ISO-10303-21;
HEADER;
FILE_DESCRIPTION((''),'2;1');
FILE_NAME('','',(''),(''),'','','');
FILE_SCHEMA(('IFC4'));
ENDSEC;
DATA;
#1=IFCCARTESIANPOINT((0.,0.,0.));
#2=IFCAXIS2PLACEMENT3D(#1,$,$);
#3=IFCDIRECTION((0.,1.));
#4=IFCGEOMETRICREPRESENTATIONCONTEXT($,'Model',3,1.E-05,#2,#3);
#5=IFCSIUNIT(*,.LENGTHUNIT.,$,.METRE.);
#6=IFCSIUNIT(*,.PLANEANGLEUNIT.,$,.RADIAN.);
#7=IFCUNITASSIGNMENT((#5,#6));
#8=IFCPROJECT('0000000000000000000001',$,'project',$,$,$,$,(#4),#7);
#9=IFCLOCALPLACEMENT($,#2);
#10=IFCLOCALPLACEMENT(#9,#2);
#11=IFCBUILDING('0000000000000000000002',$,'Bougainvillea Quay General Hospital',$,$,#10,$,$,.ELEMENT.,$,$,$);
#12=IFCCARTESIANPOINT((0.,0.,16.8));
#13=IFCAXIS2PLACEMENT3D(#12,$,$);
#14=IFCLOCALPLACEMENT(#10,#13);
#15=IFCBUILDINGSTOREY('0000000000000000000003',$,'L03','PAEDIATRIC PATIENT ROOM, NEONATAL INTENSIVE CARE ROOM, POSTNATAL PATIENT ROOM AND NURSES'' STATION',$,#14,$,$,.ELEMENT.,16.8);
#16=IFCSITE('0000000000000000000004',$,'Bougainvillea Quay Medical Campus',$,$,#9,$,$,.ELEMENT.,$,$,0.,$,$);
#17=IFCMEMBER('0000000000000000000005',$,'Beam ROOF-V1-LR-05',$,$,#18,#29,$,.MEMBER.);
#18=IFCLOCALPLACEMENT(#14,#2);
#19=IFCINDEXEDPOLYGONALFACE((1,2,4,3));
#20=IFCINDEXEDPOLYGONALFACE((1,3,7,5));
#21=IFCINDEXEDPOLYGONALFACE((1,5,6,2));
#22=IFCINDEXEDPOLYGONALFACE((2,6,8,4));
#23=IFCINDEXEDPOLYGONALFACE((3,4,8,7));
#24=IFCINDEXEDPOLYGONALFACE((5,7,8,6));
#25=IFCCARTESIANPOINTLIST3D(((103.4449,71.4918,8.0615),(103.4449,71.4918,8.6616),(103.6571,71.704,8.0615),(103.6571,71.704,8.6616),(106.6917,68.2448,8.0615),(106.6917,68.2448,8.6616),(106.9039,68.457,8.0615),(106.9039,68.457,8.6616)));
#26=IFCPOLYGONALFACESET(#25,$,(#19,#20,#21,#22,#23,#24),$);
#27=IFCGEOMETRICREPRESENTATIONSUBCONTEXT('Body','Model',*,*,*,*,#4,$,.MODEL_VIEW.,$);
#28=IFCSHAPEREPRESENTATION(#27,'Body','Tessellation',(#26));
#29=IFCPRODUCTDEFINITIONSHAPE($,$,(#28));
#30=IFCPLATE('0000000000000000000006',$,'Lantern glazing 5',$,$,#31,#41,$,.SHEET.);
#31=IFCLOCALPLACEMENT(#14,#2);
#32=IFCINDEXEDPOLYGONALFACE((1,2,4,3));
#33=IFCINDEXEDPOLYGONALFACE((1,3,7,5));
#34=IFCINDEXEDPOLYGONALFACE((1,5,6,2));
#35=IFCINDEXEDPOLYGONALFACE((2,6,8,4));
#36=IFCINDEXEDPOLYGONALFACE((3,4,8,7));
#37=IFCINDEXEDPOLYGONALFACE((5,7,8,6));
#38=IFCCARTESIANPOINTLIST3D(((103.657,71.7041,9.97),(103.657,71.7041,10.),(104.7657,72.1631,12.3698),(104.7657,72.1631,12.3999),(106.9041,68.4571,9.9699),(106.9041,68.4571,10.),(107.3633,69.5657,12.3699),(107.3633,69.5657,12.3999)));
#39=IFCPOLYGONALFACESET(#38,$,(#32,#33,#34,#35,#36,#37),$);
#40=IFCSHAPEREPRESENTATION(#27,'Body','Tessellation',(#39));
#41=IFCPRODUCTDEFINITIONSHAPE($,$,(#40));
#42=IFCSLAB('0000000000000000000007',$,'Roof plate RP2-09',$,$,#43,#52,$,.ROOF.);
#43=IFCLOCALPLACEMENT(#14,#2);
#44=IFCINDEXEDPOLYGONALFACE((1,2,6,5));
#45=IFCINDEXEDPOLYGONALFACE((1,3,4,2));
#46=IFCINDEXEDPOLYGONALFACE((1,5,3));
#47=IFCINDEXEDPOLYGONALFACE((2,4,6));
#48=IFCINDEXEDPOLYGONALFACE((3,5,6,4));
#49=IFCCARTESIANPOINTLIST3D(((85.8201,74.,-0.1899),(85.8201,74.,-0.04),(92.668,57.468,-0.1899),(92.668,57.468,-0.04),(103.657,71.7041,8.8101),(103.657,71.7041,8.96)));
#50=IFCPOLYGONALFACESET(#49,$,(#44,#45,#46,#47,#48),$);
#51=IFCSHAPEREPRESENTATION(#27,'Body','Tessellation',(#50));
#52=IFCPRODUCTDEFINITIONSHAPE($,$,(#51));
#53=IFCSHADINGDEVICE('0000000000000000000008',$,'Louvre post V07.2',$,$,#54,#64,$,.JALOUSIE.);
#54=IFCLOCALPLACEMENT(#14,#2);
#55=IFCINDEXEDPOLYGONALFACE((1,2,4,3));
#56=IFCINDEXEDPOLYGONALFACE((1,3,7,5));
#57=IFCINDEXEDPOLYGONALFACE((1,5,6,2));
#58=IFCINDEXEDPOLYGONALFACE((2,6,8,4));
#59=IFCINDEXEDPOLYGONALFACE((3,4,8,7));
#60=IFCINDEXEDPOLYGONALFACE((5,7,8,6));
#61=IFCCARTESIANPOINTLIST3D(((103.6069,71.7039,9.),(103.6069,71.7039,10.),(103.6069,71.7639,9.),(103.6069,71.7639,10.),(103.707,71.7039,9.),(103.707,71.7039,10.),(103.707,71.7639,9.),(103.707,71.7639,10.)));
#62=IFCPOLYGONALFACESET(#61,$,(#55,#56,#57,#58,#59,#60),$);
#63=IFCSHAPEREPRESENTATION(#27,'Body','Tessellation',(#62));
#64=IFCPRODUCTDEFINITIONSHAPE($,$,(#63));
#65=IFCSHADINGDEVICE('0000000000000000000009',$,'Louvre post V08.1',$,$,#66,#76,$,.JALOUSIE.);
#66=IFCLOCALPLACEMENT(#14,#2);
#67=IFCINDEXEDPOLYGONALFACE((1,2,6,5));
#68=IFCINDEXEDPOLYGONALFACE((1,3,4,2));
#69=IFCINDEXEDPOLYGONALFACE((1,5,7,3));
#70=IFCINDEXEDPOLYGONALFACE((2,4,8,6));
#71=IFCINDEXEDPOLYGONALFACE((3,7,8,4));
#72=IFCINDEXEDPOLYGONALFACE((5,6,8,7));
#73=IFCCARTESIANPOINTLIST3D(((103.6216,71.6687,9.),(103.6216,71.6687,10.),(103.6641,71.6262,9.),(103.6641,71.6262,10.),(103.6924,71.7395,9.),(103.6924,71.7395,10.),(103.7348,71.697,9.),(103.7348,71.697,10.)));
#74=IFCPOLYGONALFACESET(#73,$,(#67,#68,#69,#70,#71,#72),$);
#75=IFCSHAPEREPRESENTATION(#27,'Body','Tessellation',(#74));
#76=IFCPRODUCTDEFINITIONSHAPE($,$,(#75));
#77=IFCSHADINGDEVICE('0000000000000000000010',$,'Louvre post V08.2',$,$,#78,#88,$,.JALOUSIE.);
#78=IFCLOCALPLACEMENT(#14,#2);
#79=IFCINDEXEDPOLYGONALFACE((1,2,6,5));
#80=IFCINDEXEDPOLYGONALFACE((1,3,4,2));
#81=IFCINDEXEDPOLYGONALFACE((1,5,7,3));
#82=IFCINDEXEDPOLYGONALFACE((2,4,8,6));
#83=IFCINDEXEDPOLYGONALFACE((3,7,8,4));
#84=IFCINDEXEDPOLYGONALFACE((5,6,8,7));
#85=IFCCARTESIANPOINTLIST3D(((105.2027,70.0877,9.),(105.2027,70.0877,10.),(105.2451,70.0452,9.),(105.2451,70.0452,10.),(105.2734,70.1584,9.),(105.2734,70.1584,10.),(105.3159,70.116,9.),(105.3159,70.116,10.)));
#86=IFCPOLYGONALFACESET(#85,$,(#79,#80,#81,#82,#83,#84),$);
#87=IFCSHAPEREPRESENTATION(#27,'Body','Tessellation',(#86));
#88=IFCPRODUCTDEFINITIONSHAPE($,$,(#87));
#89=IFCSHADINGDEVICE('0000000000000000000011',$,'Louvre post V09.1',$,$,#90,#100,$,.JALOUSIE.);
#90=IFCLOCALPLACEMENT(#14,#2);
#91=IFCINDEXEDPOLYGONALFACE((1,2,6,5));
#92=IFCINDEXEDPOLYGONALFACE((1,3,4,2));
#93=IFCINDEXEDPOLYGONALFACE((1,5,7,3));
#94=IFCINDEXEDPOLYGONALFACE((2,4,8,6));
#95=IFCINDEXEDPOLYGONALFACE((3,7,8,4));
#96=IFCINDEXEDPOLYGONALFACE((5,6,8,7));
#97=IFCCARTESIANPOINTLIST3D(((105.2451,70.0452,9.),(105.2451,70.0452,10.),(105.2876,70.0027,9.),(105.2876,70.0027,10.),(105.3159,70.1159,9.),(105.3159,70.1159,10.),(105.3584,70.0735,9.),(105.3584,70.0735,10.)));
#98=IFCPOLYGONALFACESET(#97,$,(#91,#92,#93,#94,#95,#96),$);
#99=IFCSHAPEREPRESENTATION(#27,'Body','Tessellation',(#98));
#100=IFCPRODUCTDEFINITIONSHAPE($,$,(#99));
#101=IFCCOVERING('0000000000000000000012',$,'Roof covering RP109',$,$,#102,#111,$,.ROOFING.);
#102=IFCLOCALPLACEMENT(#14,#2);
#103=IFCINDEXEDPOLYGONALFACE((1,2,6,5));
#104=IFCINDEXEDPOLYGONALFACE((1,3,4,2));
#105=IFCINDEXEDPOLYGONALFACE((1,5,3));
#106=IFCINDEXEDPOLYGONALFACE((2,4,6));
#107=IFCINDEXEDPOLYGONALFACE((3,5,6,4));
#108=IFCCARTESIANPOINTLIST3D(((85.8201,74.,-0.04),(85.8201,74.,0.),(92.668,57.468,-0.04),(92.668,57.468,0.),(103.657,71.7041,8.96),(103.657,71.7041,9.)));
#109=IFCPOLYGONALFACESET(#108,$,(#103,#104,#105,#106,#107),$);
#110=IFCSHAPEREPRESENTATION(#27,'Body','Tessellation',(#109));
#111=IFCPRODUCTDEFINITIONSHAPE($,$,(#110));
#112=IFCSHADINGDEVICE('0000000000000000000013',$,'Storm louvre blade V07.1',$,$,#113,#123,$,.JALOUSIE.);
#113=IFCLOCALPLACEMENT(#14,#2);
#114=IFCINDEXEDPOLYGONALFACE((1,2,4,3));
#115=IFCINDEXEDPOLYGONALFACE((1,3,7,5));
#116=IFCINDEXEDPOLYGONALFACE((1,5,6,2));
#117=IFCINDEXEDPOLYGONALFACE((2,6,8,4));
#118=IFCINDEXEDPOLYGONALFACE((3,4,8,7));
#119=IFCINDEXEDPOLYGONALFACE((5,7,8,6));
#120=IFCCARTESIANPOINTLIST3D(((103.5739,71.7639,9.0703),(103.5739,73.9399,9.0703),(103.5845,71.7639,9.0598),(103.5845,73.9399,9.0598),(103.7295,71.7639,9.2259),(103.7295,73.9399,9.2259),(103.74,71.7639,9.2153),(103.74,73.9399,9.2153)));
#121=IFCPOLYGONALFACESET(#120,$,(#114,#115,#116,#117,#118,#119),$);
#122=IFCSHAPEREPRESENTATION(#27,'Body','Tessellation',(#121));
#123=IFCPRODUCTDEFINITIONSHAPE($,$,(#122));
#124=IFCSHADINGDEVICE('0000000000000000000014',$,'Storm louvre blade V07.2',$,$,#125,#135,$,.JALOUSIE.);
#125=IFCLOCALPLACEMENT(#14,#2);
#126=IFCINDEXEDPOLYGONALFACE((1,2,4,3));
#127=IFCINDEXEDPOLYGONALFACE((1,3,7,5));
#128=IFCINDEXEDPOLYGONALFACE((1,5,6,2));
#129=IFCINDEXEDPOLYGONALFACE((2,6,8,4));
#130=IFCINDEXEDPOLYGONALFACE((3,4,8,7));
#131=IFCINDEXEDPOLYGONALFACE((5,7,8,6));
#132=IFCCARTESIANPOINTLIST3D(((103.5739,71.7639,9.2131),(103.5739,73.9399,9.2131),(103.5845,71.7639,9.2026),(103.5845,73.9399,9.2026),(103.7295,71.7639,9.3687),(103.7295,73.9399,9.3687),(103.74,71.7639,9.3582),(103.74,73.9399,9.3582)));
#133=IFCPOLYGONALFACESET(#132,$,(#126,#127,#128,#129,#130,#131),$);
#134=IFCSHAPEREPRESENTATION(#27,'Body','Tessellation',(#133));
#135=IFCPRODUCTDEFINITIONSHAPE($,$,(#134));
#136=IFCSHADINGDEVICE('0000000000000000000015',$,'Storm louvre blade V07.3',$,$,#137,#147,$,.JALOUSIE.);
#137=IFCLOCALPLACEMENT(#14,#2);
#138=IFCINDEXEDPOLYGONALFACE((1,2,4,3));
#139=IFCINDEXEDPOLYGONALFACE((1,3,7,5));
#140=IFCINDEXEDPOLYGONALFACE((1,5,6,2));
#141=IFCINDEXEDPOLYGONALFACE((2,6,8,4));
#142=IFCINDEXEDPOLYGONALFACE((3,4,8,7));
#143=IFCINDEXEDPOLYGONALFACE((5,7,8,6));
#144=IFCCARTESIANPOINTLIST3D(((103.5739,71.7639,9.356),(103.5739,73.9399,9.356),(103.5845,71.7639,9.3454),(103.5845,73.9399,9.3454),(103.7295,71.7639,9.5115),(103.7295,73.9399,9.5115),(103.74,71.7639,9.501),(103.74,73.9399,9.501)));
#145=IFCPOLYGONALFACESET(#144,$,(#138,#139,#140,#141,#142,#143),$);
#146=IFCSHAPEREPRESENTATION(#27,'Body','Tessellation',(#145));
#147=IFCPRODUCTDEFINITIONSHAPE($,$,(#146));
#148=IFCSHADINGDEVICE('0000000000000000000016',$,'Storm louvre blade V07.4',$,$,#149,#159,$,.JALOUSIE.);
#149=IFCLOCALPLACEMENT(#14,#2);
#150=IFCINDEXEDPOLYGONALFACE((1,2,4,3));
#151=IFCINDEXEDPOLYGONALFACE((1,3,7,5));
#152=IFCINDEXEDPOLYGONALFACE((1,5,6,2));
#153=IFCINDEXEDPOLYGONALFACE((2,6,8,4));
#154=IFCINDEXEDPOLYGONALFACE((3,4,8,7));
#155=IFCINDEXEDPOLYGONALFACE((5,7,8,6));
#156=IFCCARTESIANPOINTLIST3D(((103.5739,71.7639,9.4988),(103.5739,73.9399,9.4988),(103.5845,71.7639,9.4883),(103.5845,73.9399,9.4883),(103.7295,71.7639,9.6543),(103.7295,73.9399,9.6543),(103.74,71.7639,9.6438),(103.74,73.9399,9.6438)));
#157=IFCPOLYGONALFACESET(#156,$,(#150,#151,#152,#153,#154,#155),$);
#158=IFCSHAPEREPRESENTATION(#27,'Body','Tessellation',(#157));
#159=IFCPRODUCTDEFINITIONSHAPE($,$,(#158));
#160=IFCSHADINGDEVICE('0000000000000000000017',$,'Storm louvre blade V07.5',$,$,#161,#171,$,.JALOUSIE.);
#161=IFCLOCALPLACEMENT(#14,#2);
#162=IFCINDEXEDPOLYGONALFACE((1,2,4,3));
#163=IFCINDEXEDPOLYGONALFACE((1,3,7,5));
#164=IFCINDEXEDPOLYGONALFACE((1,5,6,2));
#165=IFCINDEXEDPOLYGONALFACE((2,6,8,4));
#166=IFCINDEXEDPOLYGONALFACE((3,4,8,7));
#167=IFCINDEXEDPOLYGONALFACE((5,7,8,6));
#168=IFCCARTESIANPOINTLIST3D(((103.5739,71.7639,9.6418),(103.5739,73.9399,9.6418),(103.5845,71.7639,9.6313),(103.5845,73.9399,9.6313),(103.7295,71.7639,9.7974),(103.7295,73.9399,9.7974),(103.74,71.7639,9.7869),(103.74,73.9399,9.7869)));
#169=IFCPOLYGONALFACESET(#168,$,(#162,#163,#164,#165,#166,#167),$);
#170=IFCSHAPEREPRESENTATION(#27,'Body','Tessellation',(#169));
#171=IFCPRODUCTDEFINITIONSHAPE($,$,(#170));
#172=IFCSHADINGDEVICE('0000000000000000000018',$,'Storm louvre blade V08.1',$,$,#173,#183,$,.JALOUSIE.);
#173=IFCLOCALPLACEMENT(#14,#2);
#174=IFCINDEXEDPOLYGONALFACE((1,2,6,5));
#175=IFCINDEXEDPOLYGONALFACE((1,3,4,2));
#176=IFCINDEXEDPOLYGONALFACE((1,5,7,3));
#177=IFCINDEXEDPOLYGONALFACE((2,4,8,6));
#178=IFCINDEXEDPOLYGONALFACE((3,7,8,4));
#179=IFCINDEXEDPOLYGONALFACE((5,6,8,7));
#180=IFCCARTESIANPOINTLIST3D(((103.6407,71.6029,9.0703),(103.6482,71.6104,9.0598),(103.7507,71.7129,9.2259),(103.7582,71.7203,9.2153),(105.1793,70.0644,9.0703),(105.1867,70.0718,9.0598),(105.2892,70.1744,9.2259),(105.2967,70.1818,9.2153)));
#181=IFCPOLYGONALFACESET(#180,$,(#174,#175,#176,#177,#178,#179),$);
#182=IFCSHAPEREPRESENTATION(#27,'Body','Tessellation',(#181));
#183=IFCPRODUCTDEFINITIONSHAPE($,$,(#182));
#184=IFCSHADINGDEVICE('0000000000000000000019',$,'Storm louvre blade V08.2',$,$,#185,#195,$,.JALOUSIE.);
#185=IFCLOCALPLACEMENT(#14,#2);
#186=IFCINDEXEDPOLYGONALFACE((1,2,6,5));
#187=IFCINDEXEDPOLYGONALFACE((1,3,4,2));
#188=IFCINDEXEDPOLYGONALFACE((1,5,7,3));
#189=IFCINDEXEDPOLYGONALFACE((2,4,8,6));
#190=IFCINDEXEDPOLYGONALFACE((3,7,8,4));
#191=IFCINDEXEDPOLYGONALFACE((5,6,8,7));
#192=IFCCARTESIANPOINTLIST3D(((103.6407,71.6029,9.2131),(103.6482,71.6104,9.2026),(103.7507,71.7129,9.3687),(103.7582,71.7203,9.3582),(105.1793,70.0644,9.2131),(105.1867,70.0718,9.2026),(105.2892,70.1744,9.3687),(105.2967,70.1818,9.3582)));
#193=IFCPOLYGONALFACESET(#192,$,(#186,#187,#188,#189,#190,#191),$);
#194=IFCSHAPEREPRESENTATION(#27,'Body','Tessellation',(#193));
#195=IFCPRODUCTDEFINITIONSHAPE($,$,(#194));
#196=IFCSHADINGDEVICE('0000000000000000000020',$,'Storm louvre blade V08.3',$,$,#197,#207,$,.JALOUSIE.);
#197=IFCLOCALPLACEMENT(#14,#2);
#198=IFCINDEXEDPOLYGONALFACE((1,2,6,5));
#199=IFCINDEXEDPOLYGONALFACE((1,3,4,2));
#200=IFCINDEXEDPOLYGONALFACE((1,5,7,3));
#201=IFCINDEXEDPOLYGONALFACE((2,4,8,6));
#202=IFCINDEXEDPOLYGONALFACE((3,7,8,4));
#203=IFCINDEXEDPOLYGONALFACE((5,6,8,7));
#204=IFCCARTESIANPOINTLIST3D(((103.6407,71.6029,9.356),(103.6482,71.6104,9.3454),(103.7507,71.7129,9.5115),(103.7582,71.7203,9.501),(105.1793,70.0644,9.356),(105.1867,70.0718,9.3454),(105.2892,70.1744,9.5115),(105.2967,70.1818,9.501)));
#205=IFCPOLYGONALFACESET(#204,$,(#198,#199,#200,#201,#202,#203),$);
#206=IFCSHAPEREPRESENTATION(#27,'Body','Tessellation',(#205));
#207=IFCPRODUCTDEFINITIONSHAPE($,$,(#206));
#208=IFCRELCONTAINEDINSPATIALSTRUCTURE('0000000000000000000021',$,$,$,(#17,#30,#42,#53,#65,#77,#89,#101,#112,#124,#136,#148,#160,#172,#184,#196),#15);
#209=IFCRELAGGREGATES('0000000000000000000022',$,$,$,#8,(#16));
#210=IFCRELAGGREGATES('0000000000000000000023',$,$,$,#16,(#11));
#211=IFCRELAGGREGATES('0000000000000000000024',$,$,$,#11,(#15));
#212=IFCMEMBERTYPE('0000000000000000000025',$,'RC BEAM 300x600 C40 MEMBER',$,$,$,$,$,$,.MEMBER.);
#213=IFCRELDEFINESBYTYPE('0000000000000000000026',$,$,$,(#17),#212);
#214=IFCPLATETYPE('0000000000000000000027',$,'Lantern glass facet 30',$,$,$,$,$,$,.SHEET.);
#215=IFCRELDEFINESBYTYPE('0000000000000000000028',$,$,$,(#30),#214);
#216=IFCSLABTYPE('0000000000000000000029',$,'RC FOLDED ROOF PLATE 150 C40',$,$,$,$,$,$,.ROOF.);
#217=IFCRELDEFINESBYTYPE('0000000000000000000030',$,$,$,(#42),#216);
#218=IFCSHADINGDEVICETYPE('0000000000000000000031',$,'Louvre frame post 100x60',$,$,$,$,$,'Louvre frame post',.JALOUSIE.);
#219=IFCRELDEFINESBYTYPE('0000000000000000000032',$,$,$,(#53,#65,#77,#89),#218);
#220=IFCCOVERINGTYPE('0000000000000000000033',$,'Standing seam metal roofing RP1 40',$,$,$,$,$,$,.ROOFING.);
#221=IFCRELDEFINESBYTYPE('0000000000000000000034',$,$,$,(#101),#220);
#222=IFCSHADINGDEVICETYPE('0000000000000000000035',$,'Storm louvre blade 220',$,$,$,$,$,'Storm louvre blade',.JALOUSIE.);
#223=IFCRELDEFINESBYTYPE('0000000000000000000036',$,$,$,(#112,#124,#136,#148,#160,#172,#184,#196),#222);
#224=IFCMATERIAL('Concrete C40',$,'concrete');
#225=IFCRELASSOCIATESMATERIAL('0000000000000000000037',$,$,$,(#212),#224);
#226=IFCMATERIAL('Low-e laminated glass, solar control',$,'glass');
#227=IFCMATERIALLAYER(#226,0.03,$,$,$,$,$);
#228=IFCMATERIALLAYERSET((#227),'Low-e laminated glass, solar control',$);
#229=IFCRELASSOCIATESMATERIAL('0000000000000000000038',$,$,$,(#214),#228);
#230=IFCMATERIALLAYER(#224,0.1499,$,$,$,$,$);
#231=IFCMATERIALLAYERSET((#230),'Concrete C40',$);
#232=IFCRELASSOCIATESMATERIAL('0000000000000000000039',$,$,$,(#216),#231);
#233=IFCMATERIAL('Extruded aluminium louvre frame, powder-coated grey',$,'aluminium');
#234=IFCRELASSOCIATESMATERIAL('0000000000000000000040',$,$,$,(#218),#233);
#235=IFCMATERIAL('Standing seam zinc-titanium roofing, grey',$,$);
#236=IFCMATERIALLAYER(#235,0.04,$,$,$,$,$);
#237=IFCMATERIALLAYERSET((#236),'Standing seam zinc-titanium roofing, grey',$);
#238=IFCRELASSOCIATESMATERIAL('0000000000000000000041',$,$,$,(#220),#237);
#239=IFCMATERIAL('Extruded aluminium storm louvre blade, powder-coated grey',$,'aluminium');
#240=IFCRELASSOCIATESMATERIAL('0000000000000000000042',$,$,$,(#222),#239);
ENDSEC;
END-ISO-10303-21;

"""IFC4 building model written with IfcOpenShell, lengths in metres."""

from ifc_helpers import new_model, si_unit, direction, frame, origin, origin_2d, place, context, subcontext, project, spatial, polyline, rectangle, outline, extrude, material, layer, layer_set, material_profile, profile_set, type_object, element, save


model = new_model("IFC4")

# Units and contexts
model_context = context("Model", 3, precision=1e-05, world=origin(), true_north=direction((0.0, 1.0)))
body_context = subcontext(model_context, "Body", "Model", "MODEL_VIEW")
ifc_project = project(units=[si_unit("LENGTHUNIT", "METRE"), si_unit("PLANEANGLEUNIT", "RADIAN")], contexts=[model_context])

# Site, building, storey
site_placement = place(None, origin())
site = spatial("IfcSite", under=ifc_project, at=site_placement, Name="Bougainvillea Quay Medical Campus", CompositionType="ELEMENT", RefElevation=0.0)
building_placement = place(site_placement, origin())
building = spatial("IfcBuilding", under=site, at=building_placement, Name="Bougainvillea Quay General Hospital", CompositionType="ELEMENT")
storey_placement = place(building_placement, frame((0.0, 0.0, 16.8)))
storey = spatial("IfcBuildingStorey", under=building, at=storey_placement, Name="L03", Description="PAEDIATRIC PATIENT ROOM, NEONATAL INTENSIVE CARE ROOM, POSTNATAL PATIENT ROOM AND NURSES' STATION", CompositionType="ELEMENT", Elevation=16.8)

# Member
ifc_material_1 = material(Name="Concrete C40", Category="concrete")
ifc_material_profile_1 = material_profile(ifc_material_1, rectangle(XDim=0.3, YDim=0.6001, at=origin_2d()))
ifc_profile_set_1 = profile_set([ifc_material_profile_1], Name="Concrete C40")
member_type = type_object("IfcMemberType", Name="RC BEAM 300x600 C40 MEMBER", PredefinedType="MEMBER", material=ifc_profile_set_1)
member_placement = place(storey_placement, frame((103.551, 71.5979, 8.3616), z_axis=(0.70708, -0.707133, 0.0), x_axis=(0.707133, 0.70708, 0.0)))
element("IfcMember", 1, at=member_placement, inside=storey, type_object=member_type, Name="Beam ROOF-V1-LR-05", PredefinedType="MEMBER", context=body_context, shape_type="SweptSolid", body=[
    extrude(rectangle(XDim=0.3, YDim=0.6001, at=origin_2d()), origin(), (0.0, 0.0, 1.0), 4.5918),
])

# Plate
ifc_material_2 = material(Name="Low-e laminated glass, solar control", Category="glass")
ifc_layer_1 = layer(ifc_material_2, 0.03)
ifc_layer_set_1 = layer_set([ifc_layer_1], Name="Low-e laminated glass, solar control")
plate_type = type_object("IfcPlateType", Name="Lantern glass facet 30", PredefinedType="SHEET", material=ifc_layer_set_1)
plate_placement = place(storey_placement, frame((103.657, 71.7041, 10.0), z_axis=(-0.641917, -0.641944, 0.419345), x_axis=(0.707119, -0.707095, -0.000008)))
element("IfcPlate", 2, at=plate_placement, inside=storey, type_object=plate_type, Name="Lantern glazing 5", PredefinedType="SHEET", context=body_context, shape_type="SweptSolid", body=[
    extrude(outline(polyline([(0.0, 0.0), (4.5921, 0.0), (4.1328, 2.6436), (0.4594, 2.6435), (0.0, 0.0)])), origin(), (0.000008, -0.907827, -0.419345), 0.03),
])

# Slab
ifc_layer_2 = layer(ifc_material_1, 0.1499)
ifc_layer_set_2 = layer_set([ifc_layer_2], Name="Concrete C40")
slab_type = type_object("IfcSlabType", Name="RC FOLDED ROOF PLATE 150 C40", PredefinedType="ROOF", material=ifc_layer_set_2)
slab_placement = place(storey_placement, frame((103.657, 71.7041, 8.96), z_axis=(-0.461671, -0.191234, 0.866192), x_axis=(-0.886951, 0.114165, -0.44753)))
element("IfcSlab", 3, at=slab_placement, inside=storey, type_object=slab_type, Name="Roof plate RP2-09", PredefinedType="ROOF", context=body_context, shape_type="SweptSolid", body=[
    extrude(outline(polyline([(0.0, 0.0), (20.1104, 0.0), (12.1492, 16.0256), (0.0, 0.0)])), origin(), (0.44753, 0.222322, -0.866192), 0.1499),
])

# Shading devices
ifc_material_3 = material(Name="Extruded aluminium louvre frame, powder-coated grey", Category="aluminium")
ifc_material_profile_2 = material_profile(ifc_material_3, rectangle(XDim=0.1001, YDim=0.0601, at=origin_2d()))
ifc_profile_set_2 = profile_set([ifc_material_profile_2], Name="Extruded aluminium louvre frame, powder-coated grey")
shading_device_type_1 = type_object("IfcShadingDeviceType", Name="Louvre frame post 100x60", ElementType="Louvre frame post", PredefinedType="JALOUSIE", material=ifc_profile_set_2)
for number, where, z_axis, x_axis, name in (
    (4, (103.657, 71.7339, 9.0), (0.0, 0.0, 1.0), (1.0, 0.0, 0.0), "Louvre post V07.2"),
    (5, (103.6782, 71.6829, 9.0), (0.0, 0.0, 1.0), (0.707107, 0.707107, 0.0), "Louvre post V08.1"),
    (6, (105.2593, 70.1018, 9.0), (0.0, 0.0, 1.0), (0.707107, 0.707107, 0.0), "Louvre post V08.2"),
    (7, (105.3018, 70.0593, 9.0), (0.0, 0.0, 1.0), (0.707107, 0.707107, 0.0), "Louvre post V09.1"),
):
    element("IfcShadingDevice", number, at=place(storey_placement, frame(where, z_axis=z_axis, x_axis=x_axis)), inside=storey, type_object=shading_device_type_1, Name=name, PredefinedType="JALOUSIE", context=body_context, shape_type="SweptSolid", body=[
        extrude(rectangle(XDim=0.1001, YDim=0.0601, at=origin_2d()), origin(), (0.0, 0.0, 1.0), 1.0),
    ])

# Covering
ifc_material_4 = material(Name="Standing seam zinc-titanium roofing, grey")
ifc_layer_3 = layer(ifc_material_4, 0.04)
ifc_layer_set_3 = layer_set([ifc_layer_3], Name="Standing seam zinc-titanium roofing, grey")
covering_type = type_object("IfcCoveringType", Name="Standing seam metal roofing RP1 40", PredefinedType="ROOFING", material=ifc_layer_set_3)
covering_placement = place(storey_placement, frame((103.657, 71.7041, 9.0), z_axis=(-0.461671, -0.191234, 0.866192), x_axis=(-0.886951, 0.114165, -0.44753)))
element("IfcCovering", 8, at=covering_placement, inside=storey, type_object=covering_type, Name="Roof covering RP109", PredefinedType="ROOFING", context=body_context, shape_type="SweptSolid", body=[
    extrude(outline(polyline([(0.0, 0.0), (20.1104, 0.0), (12.1492, 16.0256), (0.0, 0.0)])), origin(), (0.44753, 0.222322, -0.866192), 0.04),
])

# Shading devices
ifc_material_5 = material(Name="Extruded aluminium storm louvre blade, powder-coated grey", Category="aluminium")
ifc_material_profile_3 = material_profile(ifc_material_5, rectangle(XDim=0.22, YDim=0.0149, at=origin_2d()))
ifc_profile_set_3 = profile_set([ifc_material_profile_3], Name="Extruded aluminium storm louvre blade, powder-coated grey")
shading_device_type_2 = type_object("IfcShadingDeviceType", Name="Storm louvre blade 220", ElementType="Storm louvre blade", PredefinedType="JALOUSIE", material=ifc_profile_set_3)
for number, where, z_axis, x_axis, name in (
    (9, (103.657, 73.9399, 9.1428), (0.0, -1.0, 0.0), (0.707107, 0.0, 0.707107), "Storm louvre blade V07.1"),
    (10, (103.657, 73.9399, 9.2856), (0.0, -1.0, 0.0), (0.707107, 0.0, 0.707107), "Storm louvre blade V07.2"),
    (11, (103.657, 73.9399, 9.4285), (0.0, -1.0, 0.0), (0.707107, 0.0, 0.707107), "Storm louvre blade V07.3"),
    (12, (103.657, 73.9399, 9.5713), (0.0, -1.0, 0.0), (0.707107, 0.0, 0.707107), "Storm louvre blade V07.4"),
    (13, (103.657, 73.9399, 9.7144), (0.0, -1.0, 0.0), (0.707107, 0.0, 0.707107), "Storm louvre blade V07.5"),
):
    element("IfcShadingDevice", number, at=place(storey_placement, frame(where, z_axis=z_axis, x_axis=x_axis)), inside=storey, type_object=shading_device_type_2, Name=name, PredefinedType="JALOUSIE", context=body_context, shape_type="SweptSolid", body=[
        extrude(rectangle(XDim=0.22, YDim=0.0149, at=origin_2d()), origin(), (0.0, 0.0, 1.0), 2.176),
    ])
for number, where, z_axis, x_axis, name in (
    (14, (103.6995, 71.6616, 9.1428), (0.707107, -0.707107, 0.0), (0.5, 0.5, 0.707107), "Storm louvre blade V08.1"),
    (15, (103.6995, 71.6616, 9.2856), (0.707107, -0.707107, 0.0), (0.5, 0.5, 0.707107), "Storm louvre blade V08.2"),
    (16, (103.6995, 71.6616, 9.4285), (0.707107, -0.707107, 0.0), (0.5, 0.5, 0.707107), "Storm louvre blade V08.3"),
):
    element("IfcShadingDevice", number, at=place(storey_placement, frame(where, z_axis=z_axis, x_axis=x_axis)), inside=storey, type_object=shading_device_type_2, Name=name, PredefinedType="JALOUSIE", context=body_context, shape_type="SweptSolid", body=[
        extrude(rectangle(XDim=0.22, YDim=0.0149, at=origin_2d()), origin(), (0.0, 0.0, 1.0), 2.1758),
    ])

save(model, "model.ifc")
